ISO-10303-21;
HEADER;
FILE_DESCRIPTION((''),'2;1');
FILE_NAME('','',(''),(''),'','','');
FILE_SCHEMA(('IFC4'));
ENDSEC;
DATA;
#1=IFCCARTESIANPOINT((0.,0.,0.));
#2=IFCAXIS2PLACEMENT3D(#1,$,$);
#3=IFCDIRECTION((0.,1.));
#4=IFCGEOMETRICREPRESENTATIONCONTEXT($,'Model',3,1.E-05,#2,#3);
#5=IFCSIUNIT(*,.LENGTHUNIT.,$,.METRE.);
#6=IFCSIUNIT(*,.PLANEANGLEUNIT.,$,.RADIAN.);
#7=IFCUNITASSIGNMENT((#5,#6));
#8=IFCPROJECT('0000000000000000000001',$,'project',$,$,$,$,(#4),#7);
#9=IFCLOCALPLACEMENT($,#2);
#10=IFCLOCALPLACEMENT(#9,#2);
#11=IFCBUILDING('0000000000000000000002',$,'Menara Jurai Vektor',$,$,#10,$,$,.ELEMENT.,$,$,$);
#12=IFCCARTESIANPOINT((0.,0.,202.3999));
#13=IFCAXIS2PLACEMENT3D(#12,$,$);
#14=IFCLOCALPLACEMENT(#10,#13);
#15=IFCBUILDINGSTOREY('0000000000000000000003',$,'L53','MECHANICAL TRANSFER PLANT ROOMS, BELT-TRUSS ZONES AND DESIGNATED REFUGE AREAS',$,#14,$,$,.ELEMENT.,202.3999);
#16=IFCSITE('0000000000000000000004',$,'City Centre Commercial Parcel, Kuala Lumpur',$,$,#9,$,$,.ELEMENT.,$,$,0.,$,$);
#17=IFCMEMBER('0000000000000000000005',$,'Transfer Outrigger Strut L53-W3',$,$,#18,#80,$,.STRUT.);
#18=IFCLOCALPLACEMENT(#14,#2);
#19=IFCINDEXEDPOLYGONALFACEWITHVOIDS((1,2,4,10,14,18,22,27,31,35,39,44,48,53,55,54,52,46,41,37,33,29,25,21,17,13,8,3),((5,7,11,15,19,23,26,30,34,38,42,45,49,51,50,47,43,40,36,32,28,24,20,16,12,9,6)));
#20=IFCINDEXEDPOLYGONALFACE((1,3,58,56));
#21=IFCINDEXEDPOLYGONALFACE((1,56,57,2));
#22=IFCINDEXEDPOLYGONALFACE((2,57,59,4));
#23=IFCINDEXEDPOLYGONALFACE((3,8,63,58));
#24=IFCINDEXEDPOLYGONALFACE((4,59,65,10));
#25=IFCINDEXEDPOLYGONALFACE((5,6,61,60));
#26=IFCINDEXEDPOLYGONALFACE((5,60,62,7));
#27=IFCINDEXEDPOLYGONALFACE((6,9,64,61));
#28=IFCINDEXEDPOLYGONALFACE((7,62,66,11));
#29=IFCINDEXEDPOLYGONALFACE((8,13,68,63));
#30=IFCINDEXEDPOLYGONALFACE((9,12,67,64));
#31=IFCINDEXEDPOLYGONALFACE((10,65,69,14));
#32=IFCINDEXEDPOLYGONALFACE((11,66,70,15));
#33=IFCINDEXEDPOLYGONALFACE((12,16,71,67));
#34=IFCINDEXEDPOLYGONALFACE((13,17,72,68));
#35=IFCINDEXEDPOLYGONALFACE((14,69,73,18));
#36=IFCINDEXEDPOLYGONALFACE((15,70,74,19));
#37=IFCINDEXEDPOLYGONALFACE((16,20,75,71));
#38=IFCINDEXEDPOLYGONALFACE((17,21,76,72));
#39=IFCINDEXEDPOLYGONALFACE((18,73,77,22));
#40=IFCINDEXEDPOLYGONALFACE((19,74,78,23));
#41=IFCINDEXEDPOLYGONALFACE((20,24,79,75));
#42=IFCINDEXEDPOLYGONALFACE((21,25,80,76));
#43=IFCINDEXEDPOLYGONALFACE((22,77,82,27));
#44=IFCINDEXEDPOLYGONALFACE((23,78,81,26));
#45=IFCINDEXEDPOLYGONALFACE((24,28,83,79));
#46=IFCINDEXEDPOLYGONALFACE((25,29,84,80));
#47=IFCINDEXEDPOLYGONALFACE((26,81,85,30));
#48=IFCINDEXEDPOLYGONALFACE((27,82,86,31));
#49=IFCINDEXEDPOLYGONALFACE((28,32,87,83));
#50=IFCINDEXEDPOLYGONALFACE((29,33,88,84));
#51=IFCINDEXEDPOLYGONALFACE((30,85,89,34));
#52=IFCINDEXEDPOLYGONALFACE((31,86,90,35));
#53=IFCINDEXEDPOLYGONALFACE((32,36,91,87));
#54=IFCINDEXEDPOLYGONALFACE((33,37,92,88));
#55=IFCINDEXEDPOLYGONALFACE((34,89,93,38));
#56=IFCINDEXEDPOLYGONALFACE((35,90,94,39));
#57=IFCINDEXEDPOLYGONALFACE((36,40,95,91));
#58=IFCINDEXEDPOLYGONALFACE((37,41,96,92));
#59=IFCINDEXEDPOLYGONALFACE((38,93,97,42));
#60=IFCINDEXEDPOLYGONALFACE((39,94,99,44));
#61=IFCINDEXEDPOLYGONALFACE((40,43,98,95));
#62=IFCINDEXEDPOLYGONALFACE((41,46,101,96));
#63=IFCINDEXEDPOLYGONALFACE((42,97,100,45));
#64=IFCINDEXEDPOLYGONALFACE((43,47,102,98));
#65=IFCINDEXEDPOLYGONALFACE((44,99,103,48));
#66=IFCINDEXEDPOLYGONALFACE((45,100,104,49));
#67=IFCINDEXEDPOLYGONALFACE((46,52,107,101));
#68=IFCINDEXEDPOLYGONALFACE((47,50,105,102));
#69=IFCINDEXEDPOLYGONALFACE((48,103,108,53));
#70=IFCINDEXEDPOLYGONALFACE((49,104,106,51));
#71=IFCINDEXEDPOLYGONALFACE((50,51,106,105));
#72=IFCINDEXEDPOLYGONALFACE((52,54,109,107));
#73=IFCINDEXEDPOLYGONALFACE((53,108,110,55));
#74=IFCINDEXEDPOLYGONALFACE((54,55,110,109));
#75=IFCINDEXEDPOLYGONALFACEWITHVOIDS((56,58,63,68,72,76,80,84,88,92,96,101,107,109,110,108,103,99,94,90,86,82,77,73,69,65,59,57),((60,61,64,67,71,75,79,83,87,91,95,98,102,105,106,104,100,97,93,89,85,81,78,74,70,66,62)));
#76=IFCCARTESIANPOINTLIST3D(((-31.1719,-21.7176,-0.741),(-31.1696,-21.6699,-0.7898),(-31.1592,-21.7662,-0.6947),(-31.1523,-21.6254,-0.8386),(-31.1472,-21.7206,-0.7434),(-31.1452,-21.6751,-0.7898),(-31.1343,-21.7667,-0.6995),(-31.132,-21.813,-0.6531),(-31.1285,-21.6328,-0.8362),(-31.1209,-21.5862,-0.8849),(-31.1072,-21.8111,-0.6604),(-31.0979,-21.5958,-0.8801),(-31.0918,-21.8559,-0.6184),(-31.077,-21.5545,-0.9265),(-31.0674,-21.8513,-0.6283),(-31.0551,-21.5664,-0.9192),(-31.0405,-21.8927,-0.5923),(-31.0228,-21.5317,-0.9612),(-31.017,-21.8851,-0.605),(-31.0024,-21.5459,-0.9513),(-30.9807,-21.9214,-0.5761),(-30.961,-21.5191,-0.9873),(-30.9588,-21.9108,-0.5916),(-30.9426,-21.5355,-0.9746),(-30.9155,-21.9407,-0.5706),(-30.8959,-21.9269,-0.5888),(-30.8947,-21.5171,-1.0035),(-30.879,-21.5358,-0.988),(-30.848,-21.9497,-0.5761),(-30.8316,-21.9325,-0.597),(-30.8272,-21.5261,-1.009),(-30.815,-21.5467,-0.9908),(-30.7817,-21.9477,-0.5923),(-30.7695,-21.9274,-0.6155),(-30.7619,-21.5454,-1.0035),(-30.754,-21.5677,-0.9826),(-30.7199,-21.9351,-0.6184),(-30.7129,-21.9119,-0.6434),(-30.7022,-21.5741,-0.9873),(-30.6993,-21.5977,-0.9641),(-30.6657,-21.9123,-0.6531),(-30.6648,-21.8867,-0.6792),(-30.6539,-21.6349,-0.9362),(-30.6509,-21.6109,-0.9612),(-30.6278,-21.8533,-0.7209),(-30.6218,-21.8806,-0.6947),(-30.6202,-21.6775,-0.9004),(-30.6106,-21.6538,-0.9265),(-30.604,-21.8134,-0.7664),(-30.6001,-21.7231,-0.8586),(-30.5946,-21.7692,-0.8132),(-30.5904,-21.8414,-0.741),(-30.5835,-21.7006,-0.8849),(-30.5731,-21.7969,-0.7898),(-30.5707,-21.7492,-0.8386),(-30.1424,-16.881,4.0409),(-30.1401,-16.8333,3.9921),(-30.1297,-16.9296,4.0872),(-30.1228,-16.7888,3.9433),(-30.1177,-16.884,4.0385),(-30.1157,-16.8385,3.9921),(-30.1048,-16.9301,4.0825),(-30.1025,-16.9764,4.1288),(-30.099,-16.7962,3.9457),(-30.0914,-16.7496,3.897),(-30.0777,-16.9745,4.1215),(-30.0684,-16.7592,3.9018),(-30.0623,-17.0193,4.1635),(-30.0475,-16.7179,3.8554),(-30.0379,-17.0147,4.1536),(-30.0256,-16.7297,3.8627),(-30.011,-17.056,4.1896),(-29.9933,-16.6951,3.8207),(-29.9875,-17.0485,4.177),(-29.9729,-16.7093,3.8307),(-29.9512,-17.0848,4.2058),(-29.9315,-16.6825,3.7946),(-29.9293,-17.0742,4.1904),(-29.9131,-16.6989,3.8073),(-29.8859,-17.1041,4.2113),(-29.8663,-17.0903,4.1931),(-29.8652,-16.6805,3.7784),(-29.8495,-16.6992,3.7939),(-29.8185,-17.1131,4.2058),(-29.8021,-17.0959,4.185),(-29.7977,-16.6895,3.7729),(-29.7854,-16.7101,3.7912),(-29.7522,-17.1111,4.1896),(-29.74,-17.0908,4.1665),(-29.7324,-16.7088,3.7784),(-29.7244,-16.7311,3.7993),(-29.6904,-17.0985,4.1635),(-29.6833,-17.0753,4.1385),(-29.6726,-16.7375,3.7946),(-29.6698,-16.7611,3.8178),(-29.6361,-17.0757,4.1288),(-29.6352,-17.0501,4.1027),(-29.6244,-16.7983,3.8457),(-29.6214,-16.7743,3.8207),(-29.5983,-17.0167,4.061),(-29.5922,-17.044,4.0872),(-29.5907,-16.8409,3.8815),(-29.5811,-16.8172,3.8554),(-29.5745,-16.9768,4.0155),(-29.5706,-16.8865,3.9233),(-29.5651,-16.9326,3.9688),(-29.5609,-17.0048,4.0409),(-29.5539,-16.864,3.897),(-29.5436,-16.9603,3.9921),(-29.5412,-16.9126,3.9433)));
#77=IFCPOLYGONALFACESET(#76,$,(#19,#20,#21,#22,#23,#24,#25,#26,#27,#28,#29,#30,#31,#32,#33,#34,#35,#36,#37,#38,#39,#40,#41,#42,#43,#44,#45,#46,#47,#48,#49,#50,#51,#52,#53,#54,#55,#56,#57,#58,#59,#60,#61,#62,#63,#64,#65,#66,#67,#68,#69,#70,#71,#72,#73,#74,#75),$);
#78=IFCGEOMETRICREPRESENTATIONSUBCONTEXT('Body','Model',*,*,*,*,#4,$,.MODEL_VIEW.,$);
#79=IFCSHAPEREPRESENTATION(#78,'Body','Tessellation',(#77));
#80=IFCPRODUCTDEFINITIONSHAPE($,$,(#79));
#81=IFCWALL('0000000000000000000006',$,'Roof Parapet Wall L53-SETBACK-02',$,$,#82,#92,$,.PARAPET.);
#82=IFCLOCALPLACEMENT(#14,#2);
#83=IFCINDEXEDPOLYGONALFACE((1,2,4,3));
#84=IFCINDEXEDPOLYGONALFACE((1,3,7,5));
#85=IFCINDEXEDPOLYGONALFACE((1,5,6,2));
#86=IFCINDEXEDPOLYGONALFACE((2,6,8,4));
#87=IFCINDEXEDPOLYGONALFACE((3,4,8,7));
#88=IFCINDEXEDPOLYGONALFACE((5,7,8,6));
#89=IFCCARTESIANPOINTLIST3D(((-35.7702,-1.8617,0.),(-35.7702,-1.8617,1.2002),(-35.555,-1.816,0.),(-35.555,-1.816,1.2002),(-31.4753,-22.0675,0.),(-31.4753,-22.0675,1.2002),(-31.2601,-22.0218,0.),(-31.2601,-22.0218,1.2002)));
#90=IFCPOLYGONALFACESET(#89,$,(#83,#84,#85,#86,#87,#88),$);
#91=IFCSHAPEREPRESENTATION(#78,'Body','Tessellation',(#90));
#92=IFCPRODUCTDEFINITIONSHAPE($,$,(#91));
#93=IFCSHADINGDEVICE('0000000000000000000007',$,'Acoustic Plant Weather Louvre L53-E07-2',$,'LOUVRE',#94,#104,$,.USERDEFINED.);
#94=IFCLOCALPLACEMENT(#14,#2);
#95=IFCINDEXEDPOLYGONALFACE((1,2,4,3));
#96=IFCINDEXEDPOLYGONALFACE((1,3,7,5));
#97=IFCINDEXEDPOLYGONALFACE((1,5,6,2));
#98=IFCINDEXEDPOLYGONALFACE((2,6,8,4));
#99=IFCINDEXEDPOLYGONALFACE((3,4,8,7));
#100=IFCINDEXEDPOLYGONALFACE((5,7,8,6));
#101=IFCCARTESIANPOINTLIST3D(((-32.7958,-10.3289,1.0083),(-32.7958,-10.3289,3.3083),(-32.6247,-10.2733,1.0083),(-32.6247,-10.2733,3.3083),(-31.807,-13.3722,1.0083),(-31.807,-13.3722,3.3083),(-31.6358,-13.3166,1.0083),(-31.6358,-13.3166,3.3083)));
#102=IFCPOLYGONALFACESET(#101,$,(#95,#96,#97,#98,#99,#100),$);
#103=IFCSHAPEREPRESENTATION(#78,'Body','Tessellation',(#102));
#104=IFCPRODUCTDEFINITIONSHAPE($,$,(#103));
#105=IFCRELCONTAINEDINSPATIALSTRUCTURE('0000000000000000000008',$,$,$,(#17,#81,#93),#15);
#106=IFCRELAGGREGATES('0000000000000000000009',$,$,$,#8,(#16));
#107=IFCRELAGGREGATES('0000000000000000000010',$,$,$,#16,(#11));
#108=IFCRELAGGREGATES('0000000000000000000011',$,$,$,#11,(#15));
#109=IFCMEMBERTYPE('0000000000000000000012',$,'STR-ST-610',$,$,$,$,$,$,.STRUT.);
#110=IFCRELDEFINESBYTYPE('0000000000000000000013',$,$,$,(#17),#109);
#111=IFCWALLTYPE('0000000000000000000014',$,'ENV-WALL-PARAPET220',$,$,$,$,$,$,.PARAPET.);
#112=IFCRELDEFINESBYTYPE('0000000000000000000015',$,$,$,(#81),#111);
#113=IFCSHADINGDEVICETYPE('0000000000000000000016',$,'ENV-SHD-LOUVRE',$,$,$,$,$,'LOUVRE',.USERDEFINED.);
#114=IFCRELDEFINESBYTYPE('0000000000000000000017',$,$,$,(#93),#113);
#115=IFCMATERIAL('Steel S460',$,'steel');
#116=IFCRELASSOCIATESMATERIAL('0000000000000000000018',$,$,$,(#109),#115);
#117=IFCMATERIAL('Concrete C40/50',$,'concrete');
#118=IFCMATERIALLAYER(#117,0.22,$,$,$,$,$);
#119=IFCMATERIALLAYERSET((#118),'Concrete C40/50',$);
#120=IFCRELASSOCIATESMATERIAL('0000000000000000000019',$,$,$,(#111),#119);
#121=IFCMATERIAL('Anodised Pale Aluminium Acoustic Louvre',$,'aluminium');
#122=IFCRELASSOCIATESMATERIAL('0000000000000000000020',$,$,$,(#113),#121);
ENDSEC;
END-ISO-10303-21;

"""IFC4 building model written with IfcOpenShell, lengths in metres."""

from ifc_helpers import new_model, si_unit, direction, frame, frame_2d, origin, origin_2d, place, context, subcontext, project, spatial, rectangle, hollow_circle, extrude, material, layer, layer_set, material_profile, profile_set, type_object, element, save


model = new_model("IFC4")

# Units and contexts
model_context = context("Model", 3, precision=1e-05, world=origin(), true_north=direction((0.0, 1.0)))
body_context = subcontext(model_context, "Body", "Model", "MODEL_VIEW")
ifc_project = project(units=[si_unit("LENGTHUNIT", "METRE"), si_unit("PLANEANGLEUNIT", "RADIAN")], contexts=[model_context])

# Site, building, storey
site_placement = place(None, origin())
site = spatial("IfcSite", under=ifc_project, at=site_placement, Name="City Centre Commercial Parcel, Kuala Lumpur", CompositionType="ELEMENT", RefElevation=0.0)
building_placement = place(site_placement, origin())
building = spatial("IfcBuilding", under=site, at=building_placement, Name="Menara Jurai Vektor", CompositionType="ELEMENT")
storey_placement = place(building_placement, frame((0.0, 0.0, 202.3999)))
storey = spatial("IfcBuildingStorey", under=building, at=storey_placement, Name="L53", Description="MECHANICAL TRANSFER PLANT ROOMS, BELT-TRUSS ZONES AND DESIGNATED REFUGE AREAS", CompositionType="ELEMENT", Elevation=202.3999)

# Shared definitions
ifc_material_1 = material(Name="Steel S460", Category="steel")

# Member
ifc_material_profile_1 = material_profile(ifc_material_1, hollow_circle(Radius=0.3049, WallThickness=0.0249, at=origin_2d()), Name="CHS 610x25")
ifc_profile_set_1 = profile_set([ifc_material_profile_1], Name="Steel S460")
member_type_1 = type_object("IfcMemberType", Name="STR-ST-610", PredefinedType="STRUT", material=ifc_profile_set_1)
member_1_placement = place(storey_placement, frame((-30.8713, -21.7334, -0.7898), z_axis=(0.149664, 0.703106, 0.695156), x_axis=(-0.978087, 0.208197, 0.0)))
element("IfcMember", 1, at=member_1_placement, inside=storey, type_object=member_type_1, Name="Transfer Outrigger Strut L53-W3", PredefinedType="STRUT", context=body_context, shape_type="SweptSolid", body=[
    extrude(hollow_circle(Radius=0.3049, WallThickness=0.0249, at=origin_2d()), origin(), (0.0, 0.0, 1.0), 6.8789),
])

# Wall
ifc_material_2 = material(Name="Concrete C40/50", Category="concrete")
ifc_layer = layer(ifc_material_2, 0.22)
ifc_layer_set = layer_set([ifc_layer], Name="Concrete C40/50")
wall_type = type_object("IfcWallType", Name="ENV-WALL-PARAPET220", PredefinedType="PARAPET", material=ifc_layer_set)
wall_placement = place(storey_placement, frame((-35.6626, -1.8389, 0.0), z_axis=(0.0, 0.0, 1.0), x_axis=(0.207914, -0.978147, 0.0)))
element("IfcWall", 2, at=wall_placement, inside=storey, type_object=wall_type, Name="Roof Parapet Wall L53-SETBACK-02", PredefinedType="PARAPET", context=body_context, shape_type="SweptSolid", body=[
    extrude(rectangle(XDim=20.6572, YDim=0.22, at=frame_2d((10.3286, 0.0))), origin(), (0.0, 0.0, 1.0), 1.2002),
])

# Shading device
ifc_material_3 = material(Name="Anodised Pale Aluminium Acoustic Louvre", Category="aluminium")
shading_device_type = type_object("IfcShadingDeviceType", Name="ENV-SHD-LOUVRE", ElementType="LOUVRE", PredefinedType="USERDEFINED", material=ifc_material_3)
shading_device_placement = place(storey_placement, frame((-32.2158, -11.8228, 1.0083), z_axis=(0.0, 0.0, 1.0), x_axis=(0.309017, -0.951057, 0.0)))
element("IfcShadingDevice", 3, at=shading_device_placement, inside=storey, type_object=shading_device_type, Name="Acoustic Plant Weather Louvre L53-E07-2", ObjectType="LOUVRE", PredefinedType="USERDEFINED", context=body_context, shape_type="SweptSolid", body=[
    extrude(rectangle(XDim=3.2, YDim=0.1799, at=origin_2d()), origin(), (0.0, 0.0, 1.0), 2.3),
])

save(model, "model.ifc")
